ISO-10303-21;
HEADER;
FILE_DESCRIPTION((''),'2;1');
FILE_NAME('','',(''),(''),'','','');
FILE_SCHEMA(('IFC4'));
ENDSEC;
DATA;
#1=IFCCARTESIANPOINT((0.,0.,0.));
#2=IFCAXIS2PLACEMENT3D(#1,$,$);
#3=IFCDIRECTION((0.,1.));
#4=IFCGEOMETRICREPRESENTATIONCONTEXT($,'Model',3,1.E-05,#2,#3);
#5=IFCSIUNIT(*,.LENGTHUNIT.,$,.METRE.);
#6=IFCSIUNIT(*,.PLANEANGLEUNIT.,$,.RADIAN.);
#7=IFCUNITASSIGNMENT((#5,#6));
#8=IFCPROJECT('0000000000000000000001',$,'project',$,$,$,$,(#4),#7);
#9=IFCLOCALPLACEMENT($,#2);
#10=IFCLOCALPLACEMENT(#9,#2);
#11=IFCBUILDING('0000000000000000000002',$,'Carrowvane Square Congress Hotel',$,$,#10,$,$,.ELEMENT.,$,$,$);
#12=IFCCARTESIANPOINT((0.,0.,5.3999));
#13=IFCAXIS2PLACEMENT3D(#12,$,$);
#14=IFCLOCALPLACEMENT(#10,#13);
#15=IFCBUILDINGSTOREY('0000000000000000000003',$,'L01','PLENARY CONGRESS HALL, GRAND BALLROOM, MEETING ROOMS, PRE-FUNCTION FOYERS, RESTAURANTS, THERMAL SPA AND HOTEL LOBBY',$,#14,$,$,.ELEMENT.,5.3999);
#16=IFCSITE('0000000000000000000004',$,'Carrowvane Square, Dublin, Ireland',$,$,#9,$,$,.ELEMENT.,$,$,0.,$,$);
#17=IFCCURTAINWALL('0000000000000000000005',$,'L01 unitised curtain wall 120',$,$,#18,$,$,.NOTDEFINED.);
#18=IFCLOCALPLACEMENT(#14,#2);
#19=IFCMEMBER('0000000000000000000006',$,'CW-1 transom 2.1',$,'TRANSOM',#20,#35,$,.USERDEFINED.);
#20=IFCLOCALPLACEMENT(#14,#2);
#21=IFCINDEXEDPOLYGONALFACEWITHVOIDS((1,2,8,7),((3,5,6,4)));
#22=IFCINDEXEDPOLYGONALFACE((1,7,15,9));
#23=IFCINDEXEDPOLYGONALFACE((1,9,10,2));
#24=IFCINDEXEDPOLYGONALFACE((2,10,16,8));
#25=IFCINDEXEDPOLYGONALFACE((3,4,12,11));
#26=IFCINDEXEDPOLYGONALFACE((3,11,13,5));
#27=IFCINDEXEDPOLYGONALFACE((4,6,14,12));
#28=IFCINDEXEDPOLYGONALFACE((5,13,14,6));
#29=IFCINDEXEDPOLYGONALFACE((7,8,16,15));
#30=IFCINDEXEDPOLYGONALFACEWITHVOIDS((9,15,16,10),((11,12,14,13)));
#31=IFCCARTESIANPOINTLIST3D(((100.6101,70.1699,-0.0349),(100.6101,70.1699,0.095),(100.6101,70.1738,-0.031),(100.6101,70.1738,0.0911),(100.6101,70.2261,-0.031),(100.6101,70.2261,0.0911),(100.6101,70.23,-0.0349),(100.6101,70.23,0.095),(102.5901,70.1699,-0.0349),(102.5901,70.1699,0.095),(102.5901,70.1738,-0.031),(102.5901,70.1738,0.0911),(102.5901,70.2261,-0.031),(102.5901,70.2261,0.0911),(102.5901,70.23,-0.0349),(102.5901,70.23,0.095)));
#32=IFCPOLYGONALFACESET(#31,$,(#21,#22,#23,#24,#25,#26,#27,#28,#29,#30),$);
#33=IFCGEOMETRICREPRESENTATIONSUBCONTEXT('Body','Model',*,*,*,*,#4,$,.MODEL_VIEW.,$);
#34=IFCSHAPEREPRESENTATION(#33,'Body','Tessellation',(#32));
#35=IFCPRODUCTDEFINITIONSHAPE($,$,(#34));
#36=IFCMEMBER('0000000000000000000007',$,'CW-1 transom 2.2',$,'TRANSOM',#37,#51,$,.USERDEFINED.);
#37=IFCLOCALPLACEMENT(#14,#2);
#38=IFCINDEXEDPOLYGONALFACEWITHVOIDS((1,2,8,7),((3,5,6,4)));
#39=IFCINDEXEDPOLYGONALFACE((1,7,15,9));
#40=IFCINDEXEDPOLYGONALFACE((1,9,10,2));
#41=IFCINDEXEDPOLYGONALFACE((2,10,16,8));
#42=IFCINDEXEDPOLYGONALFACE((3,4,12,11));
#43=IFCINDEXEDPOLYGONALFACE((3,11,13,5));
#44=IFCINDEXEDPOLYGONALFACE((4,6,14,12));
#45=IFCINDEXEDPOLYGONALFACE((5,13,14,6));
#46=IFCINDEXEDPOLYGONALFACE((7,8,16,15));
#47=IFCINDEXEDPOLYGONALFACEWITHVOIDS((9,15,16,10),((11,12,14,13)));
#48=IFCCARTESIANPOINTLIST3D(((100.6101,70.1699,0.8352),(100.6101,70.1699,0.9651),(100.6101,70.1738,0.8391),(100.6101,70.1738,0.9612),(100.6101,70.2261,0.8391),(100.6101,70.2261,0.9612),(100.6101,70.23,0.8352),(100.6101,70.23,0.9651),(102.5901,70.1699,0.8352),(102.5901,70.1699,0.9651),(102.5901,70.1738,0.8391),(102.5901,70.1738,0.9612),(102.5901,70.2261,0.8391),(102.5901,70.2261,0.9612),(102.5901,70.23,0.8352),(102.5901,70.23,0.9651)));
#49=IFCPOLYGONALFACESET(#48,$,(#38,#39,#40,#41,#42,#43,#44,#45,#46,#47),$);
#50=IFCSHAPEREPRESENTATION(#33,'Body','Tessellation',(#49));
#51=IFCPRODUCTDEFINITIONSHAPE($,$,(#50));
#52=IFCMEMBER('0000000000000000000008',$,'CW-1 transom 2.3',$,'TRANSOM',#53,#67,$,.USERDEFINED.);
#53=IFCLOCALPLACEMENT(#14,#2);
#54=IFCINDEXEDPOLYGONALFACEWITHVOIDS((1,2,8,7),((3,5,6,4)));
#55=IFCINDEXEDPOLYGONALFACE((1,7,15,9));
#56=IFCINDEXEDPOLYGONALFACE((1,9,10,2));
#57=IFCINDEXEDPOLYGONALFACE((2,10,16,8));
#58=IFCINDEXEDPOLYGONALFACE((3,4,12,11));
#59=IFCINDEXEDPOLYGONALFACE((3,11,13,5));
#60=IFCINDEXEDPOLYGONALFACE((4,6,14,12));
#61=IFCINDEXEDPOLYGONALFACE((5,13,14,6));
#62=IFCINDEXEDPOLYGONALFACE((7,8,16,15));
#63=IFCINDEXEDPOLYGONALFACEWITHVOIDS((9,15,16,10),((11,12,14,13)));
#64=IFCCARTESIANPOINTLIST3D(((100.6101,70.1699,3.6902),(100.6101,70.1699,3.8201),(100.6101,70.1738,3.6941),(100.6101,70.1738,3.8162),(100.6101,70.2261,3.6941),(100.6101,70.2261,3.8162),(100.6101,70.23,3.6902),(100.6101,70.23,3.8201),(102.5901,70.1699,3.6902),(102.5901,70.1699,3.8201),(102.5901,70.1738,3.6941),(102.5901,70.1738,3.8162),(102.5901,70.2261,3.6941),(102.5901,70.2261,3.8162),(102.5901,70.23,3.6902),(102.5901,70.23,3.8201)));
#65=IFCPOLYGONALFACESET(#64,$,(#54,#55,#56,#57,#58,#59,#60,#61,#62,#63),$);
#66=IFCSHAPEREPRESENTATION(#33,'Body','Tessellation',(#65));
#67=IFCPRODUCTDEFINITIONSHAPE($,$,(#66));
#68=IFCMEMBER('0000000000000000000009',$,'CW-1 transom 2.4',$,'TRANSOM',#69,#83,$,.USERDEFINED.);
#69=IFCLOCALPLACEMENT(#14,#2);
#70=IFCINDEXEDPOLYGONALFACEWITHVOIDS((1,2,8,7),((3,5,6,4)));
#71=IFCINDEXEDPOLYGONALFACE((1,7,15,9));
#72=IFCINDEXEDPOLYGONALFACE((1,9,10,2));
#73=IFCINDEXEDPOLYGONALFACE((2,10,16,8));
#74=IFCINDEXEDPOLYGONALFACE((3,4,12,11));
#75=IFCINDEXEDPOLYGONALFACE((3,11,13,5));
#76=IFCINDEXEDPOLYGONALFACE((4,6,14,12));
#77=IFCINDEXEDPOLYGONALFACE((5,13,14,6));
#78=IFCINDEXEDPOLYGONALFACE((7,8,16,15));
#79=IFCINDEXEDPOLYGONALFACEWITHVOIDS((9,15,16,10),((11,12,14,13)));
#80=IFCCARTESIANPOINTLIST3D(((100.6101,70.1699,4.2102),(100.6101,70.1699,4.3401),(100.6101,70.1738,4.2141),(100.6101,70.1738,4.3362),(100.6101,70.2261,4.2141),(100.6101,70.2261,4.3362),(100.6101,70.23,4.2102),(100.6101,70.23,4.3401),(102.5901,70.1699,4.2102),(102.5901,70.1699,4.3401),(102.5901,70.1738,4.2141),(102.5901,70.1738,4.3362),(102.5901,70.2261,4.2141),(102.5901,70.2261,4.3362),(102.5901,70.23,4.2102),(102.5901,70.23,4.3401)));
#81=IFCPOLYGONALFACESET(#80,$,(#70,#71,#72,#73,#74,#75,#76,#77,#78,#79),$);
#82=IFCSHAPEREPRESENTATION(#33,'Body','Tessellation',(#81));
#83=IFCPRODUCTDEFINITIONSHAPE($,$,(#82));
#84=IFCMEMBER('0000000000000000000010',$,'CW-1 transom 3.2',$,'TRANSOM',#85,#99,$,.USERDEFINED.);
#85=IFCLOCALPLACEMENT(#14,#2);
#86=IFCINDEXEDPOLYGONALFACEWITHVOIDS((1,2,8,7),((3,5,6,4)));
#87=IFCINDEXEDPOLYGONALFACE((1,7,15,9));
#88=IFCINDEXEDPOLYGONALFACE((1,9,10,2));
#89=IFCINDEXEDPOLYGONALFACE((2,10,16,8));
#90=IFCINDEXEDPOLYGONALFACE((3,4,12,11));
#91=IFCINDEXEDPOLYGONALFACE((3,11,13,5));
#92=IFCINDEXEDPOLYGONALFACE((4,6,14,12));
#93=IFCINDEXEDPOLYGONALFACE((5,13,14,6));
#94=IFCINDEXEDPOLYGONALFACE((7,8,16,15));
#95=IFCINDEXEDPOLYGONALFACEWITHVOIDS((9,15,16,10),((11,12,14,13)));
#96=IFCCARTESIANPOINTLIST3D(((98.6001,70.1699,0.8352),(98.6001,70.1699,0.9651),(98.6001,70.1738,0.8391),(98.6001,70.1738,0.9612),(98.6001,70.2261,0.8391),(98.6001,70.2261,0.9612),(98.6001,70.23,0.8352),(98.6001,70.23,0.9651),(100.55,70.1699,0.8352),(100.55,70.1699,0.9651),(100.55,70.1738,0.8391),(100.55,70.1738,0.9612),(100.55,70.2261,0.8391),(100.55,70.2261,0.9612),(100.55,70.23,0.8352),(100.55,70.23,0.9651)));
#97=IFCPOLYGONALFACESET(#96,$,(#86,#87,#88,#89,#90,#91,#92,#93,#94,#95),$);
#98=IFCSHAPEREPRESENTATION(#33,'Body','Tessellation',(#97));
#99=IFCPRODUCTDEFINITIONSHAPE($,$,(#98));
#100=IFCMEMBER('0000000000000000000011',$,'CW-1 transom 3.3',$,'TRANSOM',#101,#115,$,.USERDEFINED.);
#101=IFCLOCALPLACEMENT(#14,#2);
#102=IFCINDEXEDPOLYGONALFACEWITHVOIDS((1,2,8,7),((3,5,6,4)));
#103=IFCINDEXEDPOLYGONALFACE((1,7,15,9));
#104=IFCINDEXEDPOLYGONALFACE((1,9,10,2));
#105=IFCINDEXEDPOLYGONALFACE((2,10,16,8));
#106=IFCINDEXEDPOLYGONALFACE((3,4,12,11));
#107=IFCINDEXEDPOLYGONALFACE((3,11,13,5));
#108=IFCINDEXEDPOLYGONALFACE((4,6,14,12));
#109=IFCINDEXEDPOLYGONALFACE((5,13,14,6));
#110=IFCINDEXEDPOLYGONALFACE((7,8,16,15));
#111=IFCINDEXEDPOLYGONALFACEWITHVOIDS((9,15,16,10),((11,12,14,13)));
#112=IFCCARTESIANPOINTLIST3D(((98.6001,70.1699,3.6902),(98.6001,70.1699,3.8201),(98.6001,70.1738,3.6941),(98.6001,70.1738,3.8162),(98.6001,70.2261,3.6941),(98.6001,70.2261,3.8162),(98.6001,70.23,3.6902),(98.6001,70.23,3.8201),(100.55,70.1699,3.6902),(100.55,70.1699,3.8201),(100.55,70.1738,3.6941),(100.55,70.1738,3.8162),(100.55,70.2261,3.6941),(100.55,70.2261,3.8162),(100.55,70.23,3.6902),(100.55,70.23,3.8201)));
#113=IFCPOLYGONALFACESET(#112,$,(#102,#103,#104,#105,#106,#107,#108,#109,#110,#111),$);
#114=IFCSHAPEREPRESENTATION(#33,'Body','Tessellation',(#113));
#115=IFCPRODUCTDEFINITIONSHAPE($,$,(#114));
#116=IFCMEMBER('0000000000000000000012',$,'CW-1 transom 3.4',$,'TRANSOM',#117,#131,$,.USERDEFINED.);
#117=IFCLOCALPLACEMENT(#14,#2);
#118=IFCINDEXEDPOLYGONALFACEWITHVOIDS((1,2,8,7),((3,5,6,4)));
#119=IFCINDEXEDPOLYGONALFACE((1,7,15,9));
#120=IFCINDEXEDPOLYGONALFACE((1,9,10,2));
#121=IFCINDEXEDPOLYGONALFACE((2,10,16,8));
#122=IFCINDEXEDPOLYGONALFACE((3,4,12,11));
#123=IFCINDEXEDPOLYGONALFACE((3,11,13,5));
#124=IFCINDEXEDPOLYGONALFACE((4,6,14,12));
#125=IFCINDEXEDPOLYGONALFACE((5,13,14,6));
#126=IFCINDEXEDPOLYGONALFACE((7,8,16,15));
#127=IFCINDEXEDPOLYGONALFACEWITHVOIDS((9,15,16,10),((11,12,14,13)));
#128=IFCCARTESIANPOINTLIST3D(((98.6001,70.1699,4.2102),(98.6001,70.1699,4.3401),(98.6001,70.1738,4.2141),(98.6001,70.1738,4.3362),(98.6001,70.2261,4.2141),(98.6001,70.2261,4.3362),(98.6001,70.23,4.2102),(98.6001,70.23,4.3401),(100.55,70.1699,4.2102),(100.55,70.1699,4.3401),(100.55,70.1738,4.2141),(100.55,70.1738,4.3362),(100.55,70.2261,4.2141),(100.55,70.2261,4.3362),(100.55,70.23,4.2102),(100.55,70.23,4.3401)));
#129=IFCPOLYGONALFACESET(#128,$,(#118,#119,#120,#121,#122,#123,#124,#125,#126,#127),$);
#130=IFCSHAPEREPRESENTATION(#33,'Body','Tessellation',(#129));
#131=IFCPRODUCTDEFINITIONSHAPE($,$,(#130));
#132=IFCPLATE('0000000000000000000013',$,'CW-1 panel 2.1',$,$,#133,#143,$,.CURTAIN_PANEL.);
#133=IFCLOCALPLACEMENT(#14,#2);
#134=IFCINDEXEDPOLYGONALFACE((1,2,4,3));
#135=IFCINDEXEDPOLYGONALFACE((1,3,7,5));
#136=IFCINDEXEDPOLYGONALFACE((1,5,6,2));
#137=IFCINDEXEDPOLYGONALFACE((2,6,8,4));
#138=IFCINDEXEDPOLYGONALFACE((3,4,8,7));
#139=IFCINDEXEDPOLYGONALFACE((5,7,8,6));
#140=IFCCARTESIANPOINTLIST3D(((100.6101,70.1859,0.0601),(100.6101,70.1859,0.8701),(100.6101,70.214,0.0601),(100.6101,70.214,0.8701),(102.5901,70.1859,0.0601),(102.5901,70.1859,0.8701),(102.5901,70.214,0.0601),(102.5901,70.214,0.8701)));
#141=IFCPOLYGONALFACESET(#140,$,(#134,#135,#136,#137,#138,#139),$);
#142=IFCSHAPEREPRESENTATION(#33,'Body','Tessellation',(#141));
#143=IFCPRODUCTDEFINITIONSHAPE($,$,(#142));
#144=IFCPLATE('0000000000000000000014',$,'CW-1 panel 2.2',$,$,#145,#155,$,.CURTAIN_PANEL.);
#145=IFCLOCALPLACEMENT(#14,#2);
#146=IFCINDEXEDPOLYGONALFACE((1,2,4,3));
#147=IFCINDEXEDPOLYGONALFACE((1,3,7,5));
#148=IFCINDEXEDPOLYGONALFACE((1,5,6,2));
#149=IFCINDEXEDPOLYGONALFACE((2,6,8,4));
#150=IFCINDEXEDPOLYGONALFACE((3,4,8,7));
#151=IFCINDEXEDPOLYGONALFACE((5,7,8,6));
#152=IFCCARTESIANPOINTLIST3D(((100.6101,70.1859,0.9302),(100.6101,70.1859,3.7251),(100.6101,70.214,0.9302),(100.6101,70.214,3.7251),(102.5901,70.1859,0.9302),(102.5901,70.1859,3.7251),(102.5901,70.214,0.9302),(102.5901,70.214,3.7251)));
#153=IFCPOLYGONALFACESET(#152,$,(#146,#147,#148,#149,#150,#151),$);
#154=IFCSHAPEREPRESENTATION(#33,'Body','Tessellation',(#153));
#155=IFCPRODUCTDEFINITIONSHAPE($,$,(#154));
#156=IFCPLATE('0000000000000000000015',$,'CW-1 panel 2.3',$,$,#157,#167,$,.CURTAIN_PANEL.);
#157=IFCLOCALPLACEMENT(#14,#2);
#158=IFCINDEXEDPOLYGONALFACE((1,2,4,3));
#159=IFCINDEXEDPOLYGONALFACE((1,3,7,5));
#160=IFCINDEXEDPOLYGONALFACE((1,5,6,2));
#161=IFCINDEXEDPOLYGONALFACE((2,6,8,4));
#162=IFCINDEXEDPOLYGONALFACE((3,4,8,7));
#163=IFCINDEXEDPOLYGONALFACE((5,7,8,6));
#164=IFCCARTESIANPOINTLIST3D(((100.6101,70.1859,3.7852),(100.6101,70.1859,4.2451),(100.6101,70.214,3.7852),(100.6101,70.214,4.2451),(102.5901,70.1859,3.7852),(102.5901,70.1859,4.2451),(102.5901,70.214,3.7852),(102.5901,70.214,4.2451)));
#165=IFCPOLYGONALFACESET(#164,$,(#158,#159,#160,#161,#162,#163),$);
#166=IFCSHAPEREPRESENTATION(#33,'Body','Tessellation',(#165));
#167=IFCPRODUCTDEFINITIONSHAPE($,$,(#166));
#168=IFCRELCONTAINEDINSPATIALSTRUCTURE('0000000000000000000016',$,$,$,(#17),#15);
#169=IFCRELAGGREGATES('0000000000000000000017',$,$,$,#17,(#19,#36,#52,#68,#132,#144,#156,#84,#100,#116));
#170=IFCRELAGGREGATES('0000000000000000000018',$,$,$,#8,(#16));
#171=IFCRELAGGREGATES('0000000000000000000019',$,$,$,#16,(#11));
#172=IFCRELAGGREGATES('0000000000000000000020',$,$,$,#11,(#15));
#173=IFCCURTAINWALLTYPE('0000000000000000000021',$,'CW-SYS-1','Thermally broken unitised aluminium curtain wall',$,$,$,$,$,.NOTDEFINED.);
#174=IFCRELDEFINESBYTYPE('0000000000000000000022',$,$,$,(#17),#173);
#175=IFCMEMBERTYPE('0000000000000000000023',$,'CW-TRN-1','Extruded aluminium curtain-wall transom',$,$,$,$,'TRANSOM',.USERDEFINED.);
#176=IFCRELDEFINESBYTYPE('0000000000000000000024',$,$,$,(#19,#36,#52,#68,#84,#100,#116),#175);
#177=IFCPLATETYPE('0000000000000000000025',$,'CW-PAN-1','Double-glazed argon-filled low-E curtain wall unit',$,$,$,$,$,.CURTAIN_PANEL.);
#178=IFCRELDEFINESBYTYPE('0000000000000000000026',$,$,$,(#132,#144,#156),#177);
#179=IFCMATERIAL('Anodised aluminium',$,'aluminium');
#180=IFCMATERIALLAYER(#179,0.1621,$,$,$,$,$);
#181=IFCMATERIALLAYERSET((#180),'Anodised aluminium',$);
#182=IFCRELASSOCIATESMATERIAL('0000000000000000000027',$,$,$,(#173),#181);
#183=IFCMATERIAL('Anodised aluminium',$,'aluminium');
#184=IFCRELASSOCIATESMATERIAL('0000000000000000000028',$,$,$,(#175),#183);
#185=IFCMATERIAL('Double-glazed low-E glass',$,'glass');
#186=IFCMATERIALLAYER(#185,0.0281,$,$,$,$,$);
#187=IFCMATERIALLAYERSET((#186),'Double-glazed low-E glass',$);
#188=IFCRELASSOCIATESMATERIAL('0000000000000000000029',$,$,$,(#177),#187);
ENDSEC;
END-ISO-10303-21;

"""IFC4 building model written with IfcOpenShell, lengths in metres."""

from ifc_helpers import new_model, si_unit, direction, frame, origin, origin_2d, place, context, subcontext, project, spatial, rectangle, hollow_rectangle, extrude, material, layer, layer_set, material_profile, profile_set, type_object, element, aggregate, save


model = new_model("IFC4")

# Units and contexts
model_context = context("Model", 3, precision=1e-05, world=origin(), true_north=direction((0.0, 1.0)))
body_context = subcontext(model_context, "Body", "Model", "MODEL_VIEW")
ifc_project = project(units=[si_unit("LENGTHUNIT", "METRE"), si_unit("PLANEANGLEUNIT", "RADIAN")], contexts=[model_context])

# Site, building, storey
site_placement = place(None, origin())
site = spatial("IfcSite", under=ifc_project, at=site_placement, Name="Carrowvane Square, Dublin, Ireland", CompositionType="ELEMENT", RefElevation=0.0)
building_placement = place(site_placement, origin())
building = spatial("IfcBuilding", under=site, at=building_placement, Name="Carrowvane Square Congress Hotel", CompositionType="ELEMENT")
storey_placement = place(building_placement, frame((0.0, 0.0, 5.3999)))
storey = spatial("IfcBuildingStorey", under=building, at=storey_placement, Name="L01", Description="PLENARY CONGRESS HALL, GRAND BALLROOM, MEETING ROOMS, PRE-FUNCTION FOYERS, RESTAURANTS, THERMAL SPA AND HOTEL LOBBY", CompositionType="ELEMENT", Elevation=5.3999)

# Curtain wall, members, plates
ifc_material_1 = material(Name="Anodised aluminium", Category="aluminium")
ifc_layer_1 = layer(ifc_material_1, 0.1621)
ifc_layer_set_1 = layer_set([ifc_layer_1], Name="Anodised aluminium")
curtain_wall_type = type_object("IfcCurtainWallType", Name="CW-SYS-1", Description="Thermally broken unitised aluminium curtain wall", PredefinedType="NOTDEFINED", material=ifc_layer_set_1)
curtain_wall_placement = place(storey_placement, origin())
curtain_wall = element("IfcCurtainWall", 1, at=curtain_wall_placement, inside=storey, type_object=curtain_wall_type, Name="L01 unitised curtain wall 120", PredefinedType="NOTDEFINED")
ifc_material_2 = material(Name="Anodised aluminium", Category="aluminium")
ifc_material_profile_1 = material_profile(ifc_material_2, hollow_rectangle(XDim=0.0601, YDim=0.1299, WallThickness=0.0039, at=origin_2d()), Name="CW-TR 60x130x4")
ifc_profile_set_1 = profile_set([ifc_material_profile_1], Name="Anodised aluminium")
member_type_1 = type_object("IfcMemberType", Name="CW-TRN-1", Description="Extruded aluminium curtain-wall transom", ElementType="TRANSOM", PredefinedType="USERDEFINED", material=ifc_profile_set_1)
member_1_placement = place(storey_placement, frame((102.5901, 70.2, 0.03), z_axis=(-1.0, 0.0, 0.0), x_axis=(0.0, -1.0, 0.0)))
member_1 = element("IfcMember", 2, at=member_1_placement, type_object=member_type_1, Name="CW-1 transom 2.1", ObjectType="TRANSOM", PredefinedType="USERDEFINED", context=body_context, shape_type="SweptSolid", body=[
    extrude(hollow_rectangle(XDim=0.0601, YDim=0.1299, WallThickness=0.0039, at=origin_2d()), origin(), (0.0, 0.0, 1.0), 1.98),
])
member_2_placement = place(storey_placement, frame((102.5901, 70.2, 0.9001), z_axis=(-1.0, 0.0, 0.0), x_axis=(0.0, -1.0, 0.0)))
member_2 = element("IfcMember", 3, at=member_2_placement, type_object=member_type_1, Name="CW-1 transom 2.2", ObjectType="TRANSOM", PredefinedType="USERDEFINED", context=body_context, shape_type="SweptSolid", body=[
    extrude(hollow_rectangle(XDim=0.0601, YDim=0.1299, WallThickness=0.0039, at=origin_2d()), origin(), (0.0, 0.0, 1.0), 1.98),
])
member_3_placement = place(storey_placement, frame((102.5901, 70.2, 3.7551), z_axis=(-1.0, 0.0, 0.0), x_axis=(0.0, -1.0, 0.0)))
member_3 = element("IfcMember", 4, at=member_3_placement, type_object=member_type_1, Name="CW-1 transom 2.3", ObjectType="TRANSOM", PredefinedType="USERDEFINED", context=body_context, shape_type="SweptSolid", body=[
    extrude(hollow_rectangle(XDim=0.0601, YDim=0.1299, WallThickness=0.0039, at=origin_2d()), origin(), (0.0, 0.0, 1.0), 1.98),
])
member_4_placement = place(storey_placement, frame((102.5901, 70.2, 4.2751), z_axis=(-1.0, 0.0, 0.0), x_axis=(0.0, -1.0, 0.0)))
member_4 = element("IfcMember", 5, at=member_4_placement, type_object=member_type_1, Name="CW-1 transom 2.4", ObjectType="TRANSOM", PredefinedType="USERDEFINED", context=body_context, shape_type="SweptSolid", body=[
    extrude(hollow_rectangle(XDim=0.0601, YDim=0.1299, WallThickness=0.0039, at=origin_2d()), origin(), (0.0, 0.0, 1.0), 1.98),
])
member_5_placement = place(storey_placement, frame((100.55, 70.2, 0.9001), z_axis=(-1.0, 0.0, 0.0), x_axis=(0.0, -1.0, 0.0)))
member_5 = element("IfcMember", 6, at=member_5_placement, type_object=member_type_1, Name="CW-1 transom 3.2", ObjectType="TRANSOM", PredefinedType="USERDEFINED", context=body_context, shape_type="SweptSolid", body=[
    extrude(hollow_rectangle(XDim=0.0601, YDim=0.1299, WallThickness=0.0039, at=origin_2d()), origin(), (0.0, 0.0, 1.0), 1.95),
])
member_6_placement = place(storey_placement, frame((100.55, 70.2, 3.7551), z_axis=(-1.0, 0.0, 0.0), x_axis=(0.0, -1.0, 0.0)))
member_6 = element("IfcMember", 7, at=member_6_placement, type_object=member_type_1, Name="CW-1 transom 3.3", ObjectType="TRANSOM", PredefinedType="USERDEFINED", context=body_context, shape_type="SweptSolid", body=[
    extrude(hollow_rectangle(XDim=0.0601, YDim=0.1299, WallThickness=0.0039, at=origin_2d()), origin(), (0.0, 0.0, 1.0), 1.95),
])
member_7_placement = place(storey_placement, frame((100.55, 70.2, 4.2751), z_axis=(-1.0, 0.0, 0.0), x_axis=(0.0, -1.0, 0.0)))
member_7 = element("IfcMember", 8, at=member_7_placement, type_object=member_type_1, Name="CW-1 transom 3.4", ObjectType="TRANSOM", PredefinedType="USERDEFINED", context=body_context, shape_type="SweptSolid", body=[
    extrude(hollow_rectangle(XDim=0.0601, YDim=0.1299, WallThickness=0.0039, at=origin_2d()), origin(), (0.0, 0.0, 1.0), 1.95),
])
ifc_material_3 = material(Name="Double-glazed low-E glass", Category="glass")
ifc_layer_2 = layer(ifc_material_3, 0.0281)
ifc_layer_set_2 = layer_set([ifc_layer_2], Name="Double-glazed low-E glass")
plate_type = type_object("IfcPlateType", Name="CW-PAN-1", Description="Double-glazed argon-filled low-E curtain wall unit", PredefinedType="CURTAIN_PANEL", material=ifc_layer_set_2)
plate_1_placement = place(storey_placement, frame((101.6001, 70.2, 0.0601), z_axis=(0.0, 0.0, 1.0), x_axis=(-1.0, 0.0, 0.0)))
plate_1 = element("IfcPlate", 9, at=plate_1_placement, type_object=plate_type, Name="CW-1 panel 2.1", PredefinedType="CURTAIN_PANEL", context=body_context, shape_type="SweptSolid", body=[
    extrude(rectangle(XDim=1.98, YDim=0.0281, at=origin_2d()), origin(), (0.0, 0.0, 1.0), 0.8101),
])
plate_2_placement = place(storey_placement, frame((101.6001, 70.2, 0.9302), z_axis=(0.0, 0.0, 1.0), x_axis=(-1.0, 0.0, 0.0)))
plate_2 = element("IfcPlate", 10, at=plate_2_placement, type_object=plate_type, Name="CW-1 panel 2.2", PredefinedType="CURTAIN_PANEL", context=body_context, shape_type="SweptSolid", body=[
    extrude(rectangle(XDim=1.98, YDim=0.0281, at=origin_2d()), origin(), (0.0, 0.0, 1.0), 2.7949),
])
plate_3_placement = place(storey_placement, frame((101.6001, 70.2, 3.7852), z_axis=(0.0, 0.0, 1.0), x_axis=(-1.0, 0.0, 0.0)))
plate_3 = element("IfcPlate", 11, at=plate_3_placement, type_object=plate_type, Name="CW-1 panel 2.3", PredefinedType="CURTAIN_PANEL", context=body_context, shape_type="SweptSolid", body=[
    extrude(rectangle(XDim=1.98, YDim=0.0281, at=origin_2d()), origin(), (0.0, 0.0, 1.0), 0.46),
])
aggregate(curtain_wall, [member_1, member_2, member_3, member_4, plate_1, plate_2, plate_3, member_5, member_6, member_7])

save(model, "model.ifc")
